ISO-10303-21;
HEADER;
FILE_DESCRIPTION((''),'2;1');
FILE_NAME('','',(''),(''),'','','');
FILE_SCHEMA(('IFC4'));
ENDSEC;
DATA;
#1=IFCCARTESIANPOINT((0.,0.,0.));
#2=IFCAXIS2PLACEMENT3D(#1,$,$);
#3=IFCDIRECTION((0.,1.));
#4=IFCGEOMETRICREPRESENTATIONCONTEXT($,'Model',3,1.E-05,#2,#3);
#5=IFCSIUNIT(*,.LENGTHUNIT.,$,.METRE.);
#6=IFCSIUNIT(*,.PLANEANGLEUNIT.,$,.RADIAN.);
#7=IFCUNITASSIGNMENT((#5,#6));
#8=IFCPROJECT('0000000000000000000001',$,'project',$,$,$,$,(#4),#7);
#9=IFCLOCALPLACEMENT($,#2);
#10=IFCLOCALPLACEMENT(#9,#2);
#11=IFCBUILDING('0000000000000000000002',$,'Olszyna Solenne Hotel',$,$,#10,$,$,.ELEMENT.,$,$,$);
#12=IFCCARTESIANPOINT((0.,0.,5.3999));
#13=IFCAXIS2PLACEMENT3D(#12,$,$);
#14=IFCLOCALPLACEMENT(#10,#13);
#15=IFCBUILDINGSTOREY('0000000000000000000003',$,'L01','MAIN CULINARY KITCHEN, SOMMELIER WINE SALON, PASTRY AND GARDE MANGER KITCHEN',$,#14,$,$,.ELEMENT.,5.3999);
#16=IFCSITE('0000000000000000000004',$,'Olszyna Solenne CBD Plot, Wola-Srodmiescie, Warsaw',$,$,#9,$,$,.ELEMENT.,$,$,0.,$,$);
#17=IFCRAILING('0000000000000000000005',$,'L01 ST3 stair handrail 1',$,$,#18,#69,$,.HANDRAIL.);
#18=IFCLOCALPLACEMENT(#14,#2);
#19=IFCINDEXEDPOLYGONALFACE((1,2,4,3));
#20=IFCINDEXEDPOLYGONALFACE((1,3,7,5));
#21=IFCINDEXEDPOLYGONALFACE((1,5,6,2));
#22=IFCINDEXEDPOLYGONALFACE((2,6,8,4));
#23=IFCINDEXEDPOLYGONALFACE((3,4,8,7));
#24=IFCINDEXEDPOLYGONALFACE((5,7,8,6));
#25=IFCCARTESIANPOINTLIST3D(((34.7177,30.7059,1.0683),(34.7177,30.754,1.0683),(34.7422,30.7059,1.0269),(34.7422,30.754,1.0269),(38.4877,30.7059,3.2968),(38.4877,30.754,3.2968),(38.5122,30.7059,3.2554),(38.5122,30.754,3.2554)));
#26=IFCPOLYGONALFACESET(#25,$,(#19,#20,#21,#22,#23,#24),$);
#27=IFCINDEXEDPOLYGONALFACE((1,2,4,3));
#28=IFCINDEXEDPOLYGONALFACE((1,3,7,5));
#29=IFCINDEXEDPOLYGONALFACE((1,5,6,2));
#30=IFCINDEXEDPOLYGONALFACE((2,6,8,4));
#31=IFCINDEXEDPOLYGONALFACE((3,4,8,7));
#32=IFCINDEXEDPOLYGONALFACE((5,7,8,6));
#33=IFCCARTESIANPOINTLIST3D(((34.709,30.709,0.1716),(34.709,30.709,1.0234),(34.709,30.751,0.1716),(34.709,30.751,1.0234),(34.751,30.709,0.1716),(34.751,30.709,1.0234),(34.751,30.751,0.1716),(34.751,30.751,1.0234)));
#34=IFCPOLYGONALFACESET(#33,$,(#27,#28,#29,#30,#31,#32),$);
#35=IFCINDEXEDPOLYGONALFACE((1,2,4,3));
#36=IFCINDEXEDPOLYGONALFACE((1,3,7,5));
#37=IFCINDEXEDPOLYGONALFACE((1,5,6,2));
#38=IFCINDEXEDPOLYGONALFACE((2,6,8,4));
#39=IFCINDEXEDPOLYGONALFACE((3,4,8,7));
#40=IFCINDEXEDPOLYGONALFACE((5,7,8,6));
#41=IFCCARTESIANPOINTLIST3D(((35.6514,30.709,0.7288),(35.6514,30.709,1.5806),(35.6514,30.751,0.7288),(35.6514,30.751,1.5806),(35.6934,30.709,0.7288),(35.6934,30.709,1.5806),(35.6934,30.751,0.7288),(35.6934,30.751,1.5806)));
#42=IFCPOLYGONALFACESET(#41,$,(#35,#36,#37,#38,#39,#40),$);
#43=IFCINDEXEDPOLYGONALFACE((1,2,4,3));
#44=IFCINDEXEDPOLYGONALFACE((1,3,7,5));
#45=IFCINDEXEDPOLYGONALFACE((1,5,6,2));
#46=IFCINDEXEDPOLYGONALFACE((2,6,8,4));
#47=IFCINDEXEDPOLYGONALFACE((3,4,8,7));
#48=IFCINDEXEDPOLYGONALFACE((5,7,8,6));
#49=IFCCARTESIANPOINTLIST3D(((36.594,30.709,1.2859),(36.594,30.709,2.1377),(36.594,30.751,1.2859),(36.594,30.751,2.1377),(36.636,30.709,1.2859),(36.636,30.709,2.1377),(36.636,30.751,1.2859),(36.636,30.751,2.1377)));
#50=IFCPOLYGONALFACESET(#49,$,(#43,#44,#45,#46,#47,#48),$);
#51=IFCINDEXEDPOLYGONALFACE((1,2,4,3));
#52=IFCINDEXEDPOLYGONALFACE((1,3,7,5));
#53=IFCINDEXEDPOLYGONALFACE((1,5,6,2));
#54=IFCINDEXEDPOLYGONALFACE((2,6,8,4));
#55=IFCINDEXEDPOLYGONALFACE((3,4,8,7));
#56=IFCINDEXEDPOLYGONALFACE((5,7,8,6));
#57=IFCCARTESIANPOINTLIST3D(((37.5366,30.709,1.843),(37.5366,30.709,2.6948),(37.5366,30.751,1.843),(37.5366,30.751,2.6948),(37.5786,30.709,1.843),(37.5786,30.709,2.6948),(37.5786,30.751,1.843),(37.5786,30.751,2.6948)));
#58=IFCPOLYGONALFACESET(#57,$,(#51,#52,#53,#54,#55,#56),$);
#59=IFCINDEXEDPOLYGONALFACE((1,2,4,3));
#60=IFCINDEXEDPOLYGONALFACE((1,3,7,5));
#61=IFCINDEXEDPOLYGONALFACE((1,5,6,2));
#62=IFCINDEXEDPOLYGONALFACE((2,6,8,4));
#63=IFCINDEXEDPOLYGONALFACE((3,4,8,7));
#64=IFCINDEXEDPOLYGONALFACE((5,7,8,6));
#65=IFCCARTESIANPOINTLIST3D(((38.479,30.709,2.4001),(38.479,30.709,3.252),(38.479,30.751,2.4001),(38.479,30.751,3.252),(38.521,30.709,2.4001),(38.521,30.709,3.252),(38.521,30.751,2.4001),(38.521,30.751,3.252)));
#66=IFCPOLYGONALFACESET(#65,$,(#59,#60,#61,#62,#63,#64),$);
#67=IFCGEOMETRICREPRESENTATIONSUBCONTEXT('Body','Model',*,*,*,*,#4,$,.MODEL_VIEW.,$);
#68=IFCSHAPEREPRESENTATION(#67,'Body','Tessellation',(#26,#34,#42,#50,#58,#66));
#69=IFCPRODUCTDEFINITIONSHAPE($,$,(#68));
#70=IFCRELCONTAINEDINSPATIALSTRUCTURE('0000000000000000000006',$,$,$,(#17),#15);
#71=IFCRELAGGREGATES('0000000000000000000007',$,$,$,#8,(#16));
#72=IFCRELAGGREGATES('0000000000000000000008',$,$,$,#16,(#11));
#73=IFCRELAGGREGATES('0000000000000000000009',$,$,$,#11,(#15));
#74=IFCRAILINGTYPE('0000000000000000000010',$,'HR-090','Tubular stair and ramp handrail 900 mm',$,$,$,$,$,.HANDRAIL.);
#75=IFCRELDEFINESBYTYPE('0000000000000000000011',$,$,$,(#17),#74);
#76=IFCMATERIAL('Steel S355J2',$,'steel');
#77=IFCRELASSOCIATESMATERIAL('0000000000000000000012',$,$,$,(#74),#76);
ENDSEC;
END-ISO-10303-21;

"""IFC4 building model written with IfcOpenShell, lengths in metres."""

from ifc_helpers import new_model, si_unit, direction, frame, origin, origin_2d, place, context, subcontext, project, spatial, rectangle, extrude, material, type_object, element, save


model = new_model("IFC4")

# Units and contexts
model_context = context("Model", 3, precision=1e-05, world=origin(), true_north=direction((0.0, 1.0)))
body_context = subcontext(model_context, "Body", "Model", "MODEL_VIEW")
ifc_project = project(units=[si_unit("LENGTHUNIT", "METRE"), si_unit("PLANEANGLEUNIT", "RADIAN")], contexts=[model_context])

# Site, building, storey
site_placement = place(None, origin())
site = spatial("IfcSite", under=ifc_project, at=site_placement, Name="Olszyna Solenne CBD Plot, Wola-Srodmiescie, Warsaw", CompositionType="ELEMENT", RefElevation=0.0)
building_placement = place(site_placement, origin())
building = spatial("IfcBuilding", under=site, at=building_placement, Name="Olszyna Solenne Hotel", CompositionType="ELEMENT")
storey_placement = place(building_placement, frame((0.0, 0.0, 5.3999)))
storey = spatial("IfcBuildingStorey", under=building, at=storey_placement, Name="L01", Description="MAIN CULINARY KITCHEN, SOMMELIER WINE SALON, PASTRY AND GARDE MANGER KITCHEN", CompositionType="ELEMENT", Elevation=5.3999)

# Shared definitions
ifc_material_1 = material(Name="Steel S355J2", Category="steel")

# Railing
railing_type_1 = type_object("IfcRailingType", Name="HR-090", Description="Tubular stair and ramp handrail 900 mm", PredefinedType="HANDRAIL", material=ifc_material_1)
railing_1_placement = place(storey_placement, frame((34.73, 30.73, 0.1716)))
element("IfcRailing", 1, at=railing_1_placement, inside=storey, type_object=railing_type_1, Name="L01 ST3 stair handrail 1", PredefinedType="HANDRAIL", context=body_context, shape_type="SweptSolid", body=[
    extrude(rectangle(XDim=0.0481, YDim=0.0481, at=origin_2d()), frame((0.0, 0.0, 0.876), z_axis=(0.860849, 0.0, 0.508861), x_axis=(0.0, 1.0, 0.0)), (0.0, 0.0, 1.0), 4.3794),
    extrude(rectangle(XDim=0.042, YDim=0.042, at=origin_2d()), origin(), (0.0, 0.0, 1.0), 0.8518),
    extrude(rectangle(XDim=0.042, YDim=0.042, at=origin_2d()), frame((0.9424, 0.0, 0.5571)), (0.0, 0.0, 1.0), 0.8518),
    extrude(rectangle(XDim=0.042, YDim=0.042, at=origin_2d()), frame((1.885, 0.0, 1.1143)), (0.0, 0.0, 1.0), 0.8518),
    extrude(rectangle(XDim=0.042, YDim=0.042, at=origin_2d()), frame((2.8276, 0.0, 1.6714)), (0.0, 0.0, 1.0), 0.8518),
    extrude(rectangle(XDim=0.042, YDim=0.042, at=origin_2d()), frame((3.77, 0.0, 2.2285)), (0.0, 0.0, 1.0), 0.8518),
])

save(model, "model.ifc")
